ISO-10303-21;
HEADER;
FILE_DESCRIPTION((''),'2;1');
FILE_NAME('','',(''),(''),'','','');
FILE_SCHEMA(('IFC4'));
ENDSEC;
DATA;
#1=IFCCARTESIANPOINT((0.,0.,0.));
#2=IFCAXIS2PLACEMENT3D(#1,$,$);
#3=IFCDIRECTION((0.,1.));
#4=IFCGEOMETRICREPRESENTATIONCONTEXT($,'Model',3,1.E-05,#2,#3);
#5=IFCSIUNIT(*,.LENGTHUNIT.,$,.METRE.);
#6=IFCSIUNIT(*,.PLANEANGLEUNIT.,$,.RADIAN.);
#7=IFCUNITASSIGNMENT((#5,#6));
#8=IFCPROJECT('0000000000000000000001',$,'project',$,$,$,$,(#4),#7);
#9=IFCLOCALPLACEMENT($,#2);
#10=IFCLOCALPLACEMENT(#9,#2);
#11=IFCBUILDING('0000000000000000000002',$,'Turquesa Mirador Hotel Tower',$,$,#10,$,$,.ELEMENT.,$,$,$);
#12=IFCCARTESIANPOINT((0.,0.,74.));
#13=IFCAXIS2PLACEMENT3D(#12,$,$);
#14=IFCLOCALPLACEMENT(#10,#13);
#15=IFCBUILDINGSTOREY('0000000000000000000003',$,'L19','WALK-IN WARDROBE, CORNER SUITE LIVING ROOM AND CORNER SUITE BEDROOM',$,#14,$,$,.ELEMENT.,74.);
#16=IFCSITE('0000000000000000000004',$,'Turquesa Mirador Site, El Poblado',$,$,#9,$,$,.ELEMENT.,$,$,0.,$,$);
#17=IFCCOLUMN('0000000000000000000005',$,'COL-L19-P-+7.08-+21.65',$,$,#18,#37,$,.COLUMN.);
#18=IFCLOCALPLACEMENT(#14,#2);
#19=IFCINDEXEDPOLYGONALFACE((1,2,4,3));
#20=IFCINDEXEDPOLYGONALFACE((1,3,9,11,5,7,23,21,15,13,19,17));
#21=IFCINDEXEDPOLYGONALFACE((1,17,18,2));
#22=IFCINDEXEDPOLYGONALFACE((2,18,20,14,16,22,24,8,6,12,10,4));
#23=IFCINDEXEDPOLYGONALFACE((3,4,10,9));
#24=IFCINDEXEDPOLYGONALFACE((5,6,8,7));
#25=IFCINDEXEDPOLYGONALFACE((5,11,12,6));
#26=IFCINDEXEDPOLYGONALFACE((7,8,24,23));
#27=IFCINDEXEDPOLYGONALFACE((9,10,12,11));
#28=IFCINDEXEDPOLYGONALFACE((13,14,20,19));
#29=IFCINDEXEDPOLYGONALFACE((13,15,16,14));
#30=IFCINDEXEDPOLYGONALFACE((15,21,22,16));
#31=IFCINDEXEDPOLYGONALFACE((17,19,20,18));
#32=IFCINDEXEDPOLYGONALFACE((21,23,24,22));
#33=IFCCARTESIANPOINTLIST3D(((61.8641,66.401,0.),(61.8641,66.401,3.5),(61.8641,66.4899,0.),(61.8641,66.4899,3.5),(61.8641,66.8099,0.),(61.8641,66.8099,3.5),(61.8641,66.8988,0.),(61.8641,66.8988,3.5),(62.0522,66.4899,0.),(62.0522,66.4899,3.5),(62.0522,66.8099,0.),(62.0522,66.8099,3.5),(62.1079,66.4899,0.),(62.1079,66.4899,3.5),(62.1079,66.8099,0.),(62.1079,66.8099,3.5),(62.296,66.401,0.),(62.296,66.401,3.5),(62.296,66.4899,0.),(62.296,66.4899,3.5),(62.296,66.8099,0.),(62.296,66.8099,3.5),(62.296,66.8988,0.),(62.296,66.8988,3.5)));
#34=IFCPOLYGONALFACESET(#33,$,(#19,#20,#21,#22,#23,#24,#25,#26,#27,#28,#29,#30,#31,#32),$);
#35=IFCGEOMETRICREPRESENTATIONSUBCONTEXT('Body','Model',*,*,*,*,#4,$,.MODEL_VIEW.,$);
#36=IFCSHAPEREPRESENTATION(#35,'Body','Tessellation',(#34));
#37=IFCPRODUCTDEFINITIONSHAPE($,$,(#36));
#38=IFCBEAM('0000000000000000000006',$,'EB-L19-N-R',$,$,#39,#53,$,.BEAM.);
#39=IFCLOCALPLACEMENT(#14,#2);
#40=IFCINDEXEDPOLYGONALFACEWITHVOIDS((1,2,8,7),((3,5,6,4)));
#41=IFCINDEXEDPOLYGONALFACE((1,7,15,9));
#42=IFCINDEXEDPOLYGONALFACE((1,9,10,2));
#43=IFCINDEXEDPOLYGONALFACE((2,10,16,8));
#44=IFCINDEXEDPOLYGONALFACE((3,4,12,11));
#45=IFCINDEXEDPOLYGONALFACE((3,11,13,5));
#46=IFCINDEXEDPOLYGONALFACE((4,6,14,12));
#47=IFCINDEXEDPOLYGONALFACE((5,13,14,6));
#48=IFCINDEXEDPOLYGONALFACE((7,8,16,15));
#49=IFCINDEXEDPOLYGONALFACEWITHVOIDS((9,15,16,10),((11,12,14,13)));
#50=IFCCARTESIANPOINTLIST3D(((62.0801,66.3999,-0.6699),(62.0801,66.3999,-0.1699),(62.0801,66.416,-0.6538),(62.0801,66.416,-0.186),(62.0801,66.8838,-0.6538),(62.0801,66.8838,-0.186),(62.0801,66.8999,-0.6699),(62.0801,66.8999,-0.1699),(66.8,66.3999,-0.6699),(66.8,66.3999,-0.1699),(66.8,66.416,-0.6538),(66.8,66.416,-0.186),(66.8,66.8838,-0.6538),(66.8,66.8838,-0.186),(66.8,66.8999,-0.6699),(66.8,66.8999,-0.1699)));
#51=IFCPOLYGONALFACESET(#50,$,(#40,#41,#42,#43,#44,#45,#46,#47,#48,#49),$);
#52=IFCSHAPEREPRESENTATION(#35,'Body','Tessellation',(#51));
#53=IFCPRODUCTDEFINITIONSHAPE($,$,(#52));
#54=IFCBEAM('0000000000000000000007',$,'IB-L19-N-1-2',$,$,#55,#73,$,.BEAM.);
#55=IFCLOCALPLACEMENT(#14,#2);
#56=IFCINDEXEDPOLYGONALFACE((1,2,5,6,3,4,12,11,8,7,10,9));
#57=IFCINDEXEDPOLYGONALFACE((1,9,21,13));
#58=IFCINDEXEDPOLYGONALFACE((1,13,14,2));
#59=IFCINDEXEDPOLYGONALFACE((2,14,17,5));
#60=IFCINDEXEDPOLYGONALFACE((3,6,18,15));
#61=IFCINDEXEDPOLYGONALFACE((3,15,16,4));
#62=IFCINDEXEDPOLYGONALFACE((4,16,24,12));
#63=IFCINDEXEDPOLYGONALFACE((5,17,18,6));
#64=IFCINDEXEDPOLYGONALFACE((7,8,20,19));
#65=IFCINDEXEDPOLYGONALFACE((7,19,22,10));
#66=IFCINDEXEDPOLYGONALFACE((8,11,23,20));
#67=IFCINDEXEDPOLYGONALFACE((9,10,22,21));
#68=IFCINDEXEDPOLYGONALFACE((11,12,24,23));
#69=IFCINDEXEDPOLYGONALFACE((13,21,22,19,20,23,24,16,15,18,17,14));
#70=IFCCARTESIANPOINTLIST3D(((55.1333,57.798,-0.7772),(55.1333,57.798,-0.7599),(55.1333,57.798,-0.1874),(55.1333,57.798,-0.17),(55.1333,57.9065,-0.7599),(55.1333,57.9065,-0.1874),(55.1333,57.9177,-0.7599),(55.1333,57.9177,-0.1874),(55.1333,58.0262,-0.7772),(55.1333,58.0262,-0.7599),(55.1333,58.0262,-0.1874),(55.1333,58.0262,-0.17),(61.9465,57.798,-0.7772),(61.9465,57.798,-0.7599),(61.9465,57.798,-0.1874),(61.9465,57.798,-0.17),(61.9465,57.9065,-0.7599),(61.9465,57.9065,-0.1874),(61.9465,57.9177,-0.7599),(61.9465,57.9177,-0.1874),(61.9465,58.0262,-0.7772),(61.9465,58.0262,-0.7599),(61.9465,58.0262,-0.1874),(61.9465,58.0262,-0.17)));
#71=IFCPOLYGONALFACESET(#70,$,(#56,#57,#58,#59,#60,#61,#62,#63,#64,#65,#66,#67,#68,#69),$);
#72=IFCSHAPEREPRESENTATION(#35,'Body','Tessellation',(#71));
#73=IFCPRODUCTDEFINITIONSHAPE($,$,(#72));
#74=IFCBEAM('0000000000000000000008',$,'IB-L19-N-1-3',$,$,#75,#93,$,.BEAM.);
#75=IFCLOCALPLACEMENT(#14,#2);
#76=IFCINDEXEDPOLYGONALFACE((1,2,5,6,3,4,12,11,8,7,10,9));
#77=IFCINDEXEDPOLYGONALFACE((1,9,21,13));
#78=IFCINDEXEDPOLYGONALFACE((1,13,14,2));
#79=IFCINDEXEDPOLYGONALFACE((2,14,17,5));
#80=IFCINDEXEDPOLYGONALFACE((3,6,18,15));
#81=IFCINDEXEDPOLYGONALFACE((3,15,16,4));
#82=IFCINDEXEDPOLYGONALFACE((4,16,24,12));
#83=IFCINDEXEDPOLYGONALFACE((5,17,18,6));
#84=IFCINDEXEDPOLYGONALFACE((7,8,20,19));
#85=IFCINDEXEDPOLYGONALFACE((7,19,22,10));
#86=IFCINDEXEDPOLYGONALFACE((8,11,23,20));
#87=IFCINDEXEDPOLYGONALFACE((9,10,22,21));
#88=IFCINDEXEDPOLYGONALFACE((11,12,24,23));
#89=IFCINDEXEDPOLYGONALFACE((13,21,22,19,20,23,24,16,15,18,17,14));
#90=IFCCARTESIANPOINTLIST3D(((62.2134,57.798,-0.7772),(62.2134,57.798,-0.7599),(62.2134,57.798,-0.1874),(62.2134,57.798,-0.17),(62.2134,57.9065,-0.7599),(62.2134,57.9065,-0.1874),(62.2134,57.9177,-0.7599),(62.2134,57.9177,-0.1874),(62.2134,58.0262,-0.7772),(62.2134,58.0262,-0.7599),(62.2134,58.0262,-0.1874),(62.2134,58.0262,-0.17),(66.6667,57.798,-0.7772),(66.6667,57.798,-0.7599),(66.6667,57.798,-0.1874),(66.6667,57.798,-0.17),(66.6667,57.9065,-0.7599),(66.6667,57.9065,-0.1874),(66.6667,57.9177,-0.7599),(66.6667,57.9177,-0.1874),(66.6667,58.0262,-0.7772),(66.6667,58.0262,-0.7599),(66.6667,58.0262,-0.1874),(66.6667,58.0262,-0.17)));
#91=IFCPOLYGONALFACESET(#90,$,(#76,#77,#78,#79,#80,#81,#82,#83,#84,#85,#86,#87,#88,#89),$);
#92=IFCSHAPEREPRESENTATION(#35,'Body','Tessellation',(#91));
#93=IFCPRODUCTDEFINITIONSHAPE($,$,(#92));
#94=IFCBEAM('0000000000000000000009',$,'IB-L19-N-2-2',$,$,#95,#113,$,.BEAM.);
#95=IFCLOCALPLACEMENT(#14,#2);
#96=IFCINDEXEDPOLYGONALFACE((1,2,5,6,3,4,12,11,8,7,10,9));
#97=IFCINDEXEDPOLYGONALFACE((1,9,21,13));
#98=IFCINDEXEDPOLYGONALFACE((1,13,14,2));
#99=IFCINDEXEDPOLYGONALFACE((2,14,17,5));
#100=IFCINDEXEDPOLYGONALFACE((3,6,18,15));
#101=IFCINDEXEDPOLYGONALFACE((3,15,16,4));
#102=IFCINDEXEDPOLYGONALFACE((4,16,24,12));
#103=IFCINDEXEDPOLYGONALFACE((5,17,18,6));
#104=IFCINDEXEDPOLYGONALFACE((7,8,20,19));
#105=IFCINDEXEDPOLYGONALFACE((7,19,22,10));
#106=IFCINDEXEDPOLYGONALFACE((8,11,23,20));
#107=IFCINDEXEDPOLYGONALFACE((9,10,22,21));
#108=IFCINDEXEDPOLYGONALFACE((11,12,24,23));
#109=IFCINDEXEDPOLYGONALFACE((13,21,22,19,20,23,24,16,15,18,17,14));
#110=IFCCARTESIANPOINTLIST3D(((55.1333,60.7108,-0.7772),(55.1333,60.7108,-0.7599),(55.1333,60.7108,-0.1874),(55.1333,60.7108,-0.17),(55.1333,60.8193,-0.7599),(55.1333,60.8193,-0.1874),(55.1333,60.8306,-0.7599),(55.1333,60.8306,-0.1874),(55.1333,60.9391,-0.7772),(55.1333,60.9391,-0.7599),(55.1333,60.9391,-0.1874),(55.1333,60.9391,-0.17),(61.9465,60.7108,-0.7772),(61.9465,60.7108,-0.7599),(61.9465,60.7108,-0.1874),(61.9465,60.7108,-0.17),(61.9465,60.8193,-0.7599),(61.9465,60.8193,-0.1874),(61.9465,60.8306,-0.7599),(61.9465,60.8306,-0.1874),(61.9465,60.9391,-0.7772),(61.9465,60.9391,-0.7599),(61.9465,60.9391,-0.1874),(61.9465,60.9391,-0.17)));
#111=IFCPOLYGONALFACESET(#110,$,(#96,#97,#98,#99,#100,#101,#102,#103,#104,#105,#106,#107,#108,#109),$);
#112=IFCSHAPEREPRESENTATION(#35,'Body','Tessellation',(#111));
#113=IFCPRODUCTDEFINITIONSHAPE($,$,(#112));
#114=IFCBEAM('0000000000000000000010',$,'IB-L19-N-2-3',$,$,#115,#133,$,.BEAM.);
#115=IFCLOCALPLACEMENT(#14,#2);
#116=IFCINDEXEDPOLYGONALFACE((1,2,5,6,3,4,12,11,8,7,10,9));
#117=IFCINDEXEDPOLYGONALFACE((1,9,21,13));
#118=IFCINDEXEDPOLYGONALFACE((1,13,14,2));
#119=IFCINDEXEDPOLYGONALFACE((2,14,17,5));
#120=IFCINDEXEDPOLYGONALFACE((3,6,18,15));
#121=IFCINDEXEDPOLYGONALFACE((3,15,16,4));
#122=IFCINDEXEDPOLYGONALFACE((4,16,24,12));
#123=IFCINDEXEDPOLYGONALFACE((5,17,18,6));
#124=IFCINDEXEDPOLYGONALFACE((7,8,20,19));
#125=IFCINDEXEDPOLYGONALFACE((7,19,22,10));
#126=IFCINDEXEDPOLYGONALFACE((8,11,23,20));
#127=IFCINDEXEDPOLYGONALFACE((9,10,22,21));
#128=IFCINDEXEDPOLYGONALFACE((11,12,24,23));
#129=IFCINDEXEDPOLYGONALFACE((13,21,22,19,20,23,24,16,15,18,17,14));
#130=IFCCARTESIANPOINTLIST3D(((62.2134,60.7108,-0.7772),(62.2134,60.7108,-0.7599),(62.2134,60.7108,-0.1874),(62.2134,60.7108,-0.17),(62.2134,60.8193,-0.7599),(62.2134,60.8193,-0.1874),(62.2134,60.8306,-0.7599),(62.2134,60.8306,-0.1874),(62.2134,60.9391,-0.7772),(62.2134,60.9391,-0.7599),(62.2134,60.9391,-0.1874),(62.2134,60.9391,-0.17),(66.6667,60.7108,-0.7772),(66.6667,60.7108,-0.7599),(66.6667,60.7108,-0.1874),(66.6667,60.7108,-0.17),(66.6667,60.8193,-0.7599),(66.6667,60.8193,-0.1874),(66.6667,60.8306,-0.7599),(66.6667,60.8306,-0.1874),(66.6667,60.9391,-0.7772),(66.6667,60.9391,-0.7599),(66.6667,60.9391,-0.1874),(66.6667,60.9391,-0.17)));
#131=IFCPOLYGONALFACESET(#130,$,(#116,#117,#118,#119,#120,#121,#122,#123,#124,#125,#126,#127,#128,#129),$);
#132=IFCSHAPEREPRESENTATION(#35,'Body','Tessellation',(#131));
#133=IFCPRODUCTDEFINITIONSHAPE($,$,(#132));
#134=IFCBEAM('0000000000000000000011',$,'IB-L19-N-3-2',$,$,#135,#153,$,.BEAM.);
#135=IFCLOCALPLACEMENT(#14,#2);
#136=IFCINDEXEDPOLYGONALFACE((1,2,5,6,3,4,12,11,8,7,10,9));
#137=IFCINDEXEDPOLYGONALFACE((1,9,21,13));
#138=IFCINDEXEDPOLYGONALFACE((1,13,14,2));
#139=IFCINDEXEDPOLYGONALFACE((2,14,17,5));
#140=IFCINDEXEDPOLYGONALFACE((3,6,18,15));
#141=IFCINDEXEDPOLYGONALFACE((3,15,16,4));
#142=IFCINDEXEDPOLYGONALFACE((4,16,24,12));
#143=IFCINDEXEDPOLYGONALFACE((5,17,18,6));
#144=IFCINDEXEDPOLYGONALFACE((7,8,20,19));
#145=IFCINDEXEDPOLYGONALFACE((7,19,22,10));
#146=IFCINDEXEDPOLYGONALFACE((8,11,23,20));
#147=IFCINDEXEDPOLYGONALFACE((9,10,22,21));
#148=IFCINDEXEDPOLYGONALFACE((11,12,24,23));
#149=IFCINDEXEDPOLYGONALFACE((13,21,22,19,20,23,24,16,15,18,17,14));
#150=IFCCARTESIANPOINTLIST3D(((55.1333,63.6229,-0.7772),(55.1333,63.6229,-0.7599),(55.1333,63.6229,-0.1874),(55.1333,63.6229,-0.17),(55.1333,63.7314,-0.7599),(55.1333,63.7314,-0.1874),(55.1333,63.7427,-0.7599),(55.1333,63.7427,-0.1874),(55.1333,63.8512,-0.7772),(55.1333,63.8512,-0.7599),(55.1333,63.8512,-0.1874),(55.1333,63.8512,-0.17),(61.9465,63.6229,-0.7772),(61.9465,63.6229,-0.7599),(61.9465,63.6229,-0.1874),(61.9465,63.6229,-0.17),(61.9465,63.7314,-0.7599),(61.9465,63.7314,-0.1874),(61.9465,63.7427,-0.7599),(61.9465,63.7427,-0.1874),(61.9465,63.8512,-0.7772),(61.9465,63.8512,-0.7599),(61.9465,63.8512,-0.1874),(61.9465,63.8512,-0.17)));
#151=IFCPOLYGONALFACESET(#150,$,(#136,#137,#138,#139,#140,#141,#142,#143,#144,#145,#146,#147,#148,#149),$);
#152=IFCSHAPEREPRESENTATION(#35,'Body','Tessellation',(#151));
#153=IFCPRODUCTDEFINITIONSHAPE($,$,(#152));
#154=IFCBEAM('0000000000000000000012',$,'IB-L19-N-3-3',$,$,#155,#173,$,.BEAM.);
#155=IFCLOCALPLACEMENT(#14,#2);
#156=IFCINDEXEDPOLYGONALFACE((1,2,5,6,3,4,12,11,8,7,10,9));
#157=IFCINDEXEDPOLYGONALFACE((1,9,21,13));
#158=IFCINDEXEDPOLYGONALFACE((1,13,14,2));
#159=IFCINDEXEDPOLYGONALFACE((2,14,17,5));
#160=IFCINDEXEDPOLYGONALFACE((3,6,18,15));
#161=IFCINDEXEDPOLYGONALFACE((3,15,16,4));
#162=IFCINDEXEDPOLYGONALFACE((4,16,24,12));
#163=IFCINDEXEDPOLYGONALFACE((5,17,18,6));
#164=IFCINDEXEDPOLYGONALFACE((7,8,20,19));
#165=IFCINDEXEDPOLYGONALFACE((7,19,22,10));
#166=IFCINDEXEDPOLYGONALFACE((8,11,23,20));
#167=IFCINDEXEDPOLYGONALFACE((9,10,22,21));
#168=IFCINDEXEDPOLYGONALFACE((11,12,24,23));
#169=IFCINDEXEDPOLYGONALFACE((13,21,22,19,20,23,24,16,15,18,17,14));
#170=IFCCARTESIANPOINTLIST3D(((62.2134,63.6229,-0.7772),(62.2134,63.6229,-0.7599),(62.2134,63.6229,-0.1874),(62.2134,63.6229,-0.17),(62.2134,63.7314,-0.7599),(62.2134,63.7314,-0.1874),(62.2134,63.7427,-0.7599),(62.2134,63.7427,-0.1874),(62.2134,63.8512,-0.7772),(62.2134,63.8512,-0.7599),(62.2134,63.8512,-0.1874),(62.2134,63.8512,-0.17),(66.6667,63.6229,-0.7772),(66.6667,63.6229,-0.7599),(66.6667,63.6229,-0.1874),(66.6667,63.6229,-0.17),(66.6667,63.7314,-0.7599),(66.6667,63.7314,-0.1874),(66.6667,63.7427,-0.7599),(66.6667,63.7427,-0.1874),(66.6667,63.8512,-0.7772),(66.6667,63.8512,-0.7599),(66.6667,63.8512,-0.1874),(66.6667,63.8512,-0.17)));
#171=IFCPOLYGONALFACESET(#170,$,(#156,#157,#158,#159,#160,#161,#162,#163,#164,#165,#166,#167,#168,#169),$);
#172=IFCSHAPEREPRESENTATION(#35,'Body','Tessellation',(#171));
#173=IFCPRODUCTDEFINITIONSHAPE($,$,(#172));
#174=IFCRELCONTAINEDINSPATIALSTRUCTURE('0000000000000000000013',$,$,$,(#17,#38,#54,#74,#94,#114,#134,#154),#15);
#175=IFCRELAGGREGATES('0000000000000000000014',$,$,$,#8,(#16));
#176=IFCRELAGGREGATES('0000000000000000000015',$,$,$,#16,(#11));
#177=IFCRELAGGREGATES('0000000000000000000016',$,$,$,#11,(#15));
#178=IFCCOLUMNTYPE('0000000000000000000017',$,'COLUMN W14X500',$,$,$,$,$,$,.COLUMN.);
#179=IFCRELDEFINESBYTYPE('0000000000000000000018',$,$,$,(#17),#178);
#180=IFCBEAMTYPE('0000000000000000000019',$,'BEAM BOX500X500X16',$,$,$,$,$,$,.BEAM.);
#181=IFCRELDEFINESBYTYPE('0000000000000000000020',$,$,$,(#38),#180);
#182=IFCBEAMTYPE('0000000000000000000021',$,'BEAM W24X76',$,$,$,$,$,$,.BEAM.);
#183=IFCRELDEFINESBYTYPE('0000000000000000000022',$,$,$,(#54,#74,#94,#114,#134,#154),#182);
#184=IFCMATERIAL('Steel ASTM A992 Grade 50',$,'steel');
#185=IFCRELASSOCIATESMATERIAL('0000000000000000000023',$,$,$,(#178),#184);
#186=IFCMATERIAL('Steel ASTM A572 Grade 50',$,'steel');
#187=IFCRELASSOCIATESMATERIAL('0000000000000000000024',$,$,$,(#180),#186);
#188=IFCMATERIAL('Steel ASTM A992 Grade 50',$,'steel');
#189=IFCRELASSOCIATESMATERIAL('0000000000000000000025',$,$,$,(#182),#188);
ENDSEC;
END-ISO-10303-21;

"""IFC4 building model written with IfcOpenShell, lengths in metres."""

from ifc_helpers import new_model, si_unit, direction, frame, origin, origin_2d, place, context, subcontext, project, spatial, hollow_rectangle, i_section, extrude, material, material_profile, profile_set, type_object, element, save


model = new_model("IFC4")

# Units and contexts
model_context = context("Model", 3, precision=1e-05, world=origin(), true_north=direction((0.0, 1.0)))
body_context = subcontext(model_context, "Body", "Model", "MODEL_VIEW")
ifc_project = project(units=[si_unit("LENGTHUNIT", "METRE"), si_unit("PLANEANGLEUNIT", "RADIAN")], contexts=[model_context])

# Site, building, storey
site_placement = place(None, origin())
site = spatial("IfcSite", under=ifc_project, at=site_placement, Name="Turquesa Mirador Site, El Poblado", CompositionType="ELEMENT", RefElevation=0.0)
building_placement = place(site_placement, origin())
building = spatial("IfcBuilding", under=site, at=building_placement, Name="Turquesa Mirador Hotel Tower", CompositionType="ELEMENT")
storey_placement = place(building_placement, frame((0.0, 0.0, 74.0)))
storey = spatial("IfcBuildingStorey", under=building, at=storey_placement, Name="L19", Description="WALK-IN WARDROBE, CORNER SUITE LIVING ROOM AND CORNER SUITE BEDROOM", CompositionType="ELEMENT", Elevation=74.0)

# Column
ifc_material_1 = material(Name="Steel ASTM A992 Grade 50", Category="steel")
ifc_material_profile_1 = material_profile(ifc_material_1, i_section(OverallWidth=0.4319, OverallDepth=0.4978, WebThickness=0.0557, FlangeThickness=0.0889, at=origin_2d()), Name="W14X500")
ifc_profile_set_1 = profile_set([ifc_material_profile_1], Name="Steel ASTM A992 Grade 50")
column_type = type_object("IfcColumnType", Name="COLUMN W14X500", PredefinedType="COLUMN", material=ifc_profile_set_1)
column_placement = place(storey_placement, frame((62.0801, 66.6499, 0.0), z_axis=(0.0, 0.0, 1.0), x_axis=(1.0, 0.0, 0.0)))
element("IfcColumn", 1, at=column_placement, inside=storey, type_object=column_type, Name="COL-L19-P-+7.08-+21.65", PredefinedType="COLUMN", context=body_context, shape_type="SweptSolid", body=[
    extrude(i_section(OverallWidth=0.4319, OverallDepth=0.4978, WebThickness=0.0557, FlangeThickness=0.0889, at=origin_2d()), origin(), (0.0, 0.0, 1.0), 3.5),
])

# Beams
ifc_material_2 = material(Name="Steel ASTM A572 Grade 50", Category="steel")
ifc_material_profile_2 = material_profile(ifc_material_2, hollow_rectangle(XDim=0.5, YDim=0.5, WallThickness=0.0161, at=origin_2d()), Name="BOX500X500X16")
ifc_profile_set_2 = profile_set([ifc_material_profile_2], Name="Steel ASTM A572 Grade 50")
beam_type_1 = type_object("IfcBeamType", Name="BEAM BOX500X500X16", PredefinedType="BEAM", material=ifc_profile_set_2)
beam_1_placement = place(storey_placement, frame((62.0801, 66.6499, -0.4199), z_axis=(1.0, 0.0, 0.0), x_axis=(0.0, 1.0, 0.0)))
element("IfcBeam", 2, at=beam_1_placement, inside=storey, type_object=beam_type_1, Name="EB-L19-N-R", PredefinedType="BEAM", context=body_context, shape_type="SweptSolid", body=[
    extrude(hollow_rectangle(XDim=0.5, YDim=0.5, WallThickness=0.0161, at=origin_2d()), origin(), (0.0, 0.0, 1.0), 4.72),
])
ifc_material_3 = material(Name="Steel ASTM A992 Grade 50", Category="steel")
ifc_material_profile_3 = material_profile(ifc_material_3, i_section(OverallWidth=0.2283, OverallDepth=0.6072, WebThickness=0.0112, FlangeThickness=0.0173, at=origin_2d()), Name="W24X76")
ifc_profile_set_3 = profile_set([ifc_material_profile_3], Name="Steel ASTM A992 Grade 50")
beam_type_2 = type_object("IfcBeamType", Name="BEAM W24X76", PredefinedType="BEAM", material=ifc_profile_set_3)
beam_2_placement = place(storey_placement, frame((55.1333, 57.9121, -0.4736), z_axis=(1.0, 0.0, 0.0), x_axis=(0.0, 1.0, 0.0)))
element("IfcBeam", 3, at=beam_2_placement, inside=storey, type_object=beam_type_2, Name="IB-L19-N-1-2", PredefinedType="BEAM", context=body_context, shape_type="SweptSolid", body=[
    extrude(i_section(OverallWidth=0.2283, OverallDepth=0.6072, WebThickness=0.0112, FlangeThickness=0.0173, at=origin_2d()), origin(), (0.0, 0.0, 1.0), 6.8132),
])
beam_3_placement = place(storey_placement, frame((62.2134, 57.9121, -0.4736), z_axis=(1.0, 0.0, 0.0), x_axis=(0.0, 1.0, 0.0)))
element("IfcBeam", 4, at=beam_3_placement, inside=storey, type_object=beam_type_2, Name="IB-L19-N-1-3", PredefinedType="BEAM", context=body_context, shape_type="SweptSolid", body=[
    extrude(i_section(OverallWidth=0.2283, OverallDepth=0.6072, WebThickness=0.0112, FlangeThickness=0.0173, at=origin_2d()), origin(), (0.0, 0.0, 1.0), 4.4534),
])
beam_4_placement = place(storey_placement, frame((55.1333, 60.825, -0.4736), z_axis=(1.0, 0.0, 0.0), x_axis=(0.0, 1.0, 0.0)))
element("IfcBeam", 5, at=beam_4_placement, inside=storey, type_object=beam_type_2, Name="IB-L19-N-2-2", PredefinedType="BEAM", context=body_context, shape_type="SweptSolid", body=[
    extrude(i_section(OverallWidth=0.2283, OverallDepth=0.6072, WebThickness=0.0112, FlangeThickness=0.0173, at=origin_2d()), origin(), (0.0, 0.0, 1.0), 6.8132),
])
beam_5_placement = place(storey_placement, frame((62.2134, 60.825, -0.4736), z_axis=(1.0, 0.0, 0.0), x_axis=(0.0, 1.0, 0.0)))
element("IfcBeam", 6, at=beam_5_placement, inside=storey, type_object=beam_type_2, Name="IB-L19-N-2-3", PredefinedType="BEAM", context=body_context, shape_type="SweptSolid", body=[
    extrude(i_section(OverallWidth=0.2283, OverallDepth=0.6072, WebThickness=0.0112, FlangeThickness=0.0173, at=origin_2d()), origin(), (0.0, 0.0, 1.0), 4.4534),
])
beam_6_placement = place(storey_placement, frame((55.1333, 63.7371, -0.4736), z_axis=(1.0, 0.0, 0.0), x_axis=(0.0, 1.0, 0.0)))
element("IfcBeam", 7, at=beam_6_placement, inside=storey, type_object=beam_type_2, Name="IB-L19-N-3-2", PredefinedType="BEAM", context=body_context, shape_type="SweptSolid", body=[
    extrude(i_section(OverallWidth=0.2283, OverallDepth=0.6072, WebThickness=0.0112, FlangeThickness=0.0173, at=origin_2d()), origin(), (0.0, 0.0, 1.0), 6.8132),
])
beam_7_placement = place(storey_placement, frame((62.2134, 63.7371, -0.4736), z_axis=(1.0, 0.0, 0.0), x_axis=(0.0, 1.0, 0.0)))
element("IfcBeam", 8, at=beam_7_placement, inside=storey, type_object=beam_type_2, Name="IB-L19-N-3-3", PredefinedType="BEAM", context=body_context, shape_type="SweptSolid", body=[
    extrude(i_section(OverallWidth=0.2283, OverallDepth=0.6072, WebThickness=0.0112, FlangeThickness=0.0173, at=origin_2d()), origin(), (0.0, 0.0, 1.0), 4.4534),
])

save(model, "model.ifc")
